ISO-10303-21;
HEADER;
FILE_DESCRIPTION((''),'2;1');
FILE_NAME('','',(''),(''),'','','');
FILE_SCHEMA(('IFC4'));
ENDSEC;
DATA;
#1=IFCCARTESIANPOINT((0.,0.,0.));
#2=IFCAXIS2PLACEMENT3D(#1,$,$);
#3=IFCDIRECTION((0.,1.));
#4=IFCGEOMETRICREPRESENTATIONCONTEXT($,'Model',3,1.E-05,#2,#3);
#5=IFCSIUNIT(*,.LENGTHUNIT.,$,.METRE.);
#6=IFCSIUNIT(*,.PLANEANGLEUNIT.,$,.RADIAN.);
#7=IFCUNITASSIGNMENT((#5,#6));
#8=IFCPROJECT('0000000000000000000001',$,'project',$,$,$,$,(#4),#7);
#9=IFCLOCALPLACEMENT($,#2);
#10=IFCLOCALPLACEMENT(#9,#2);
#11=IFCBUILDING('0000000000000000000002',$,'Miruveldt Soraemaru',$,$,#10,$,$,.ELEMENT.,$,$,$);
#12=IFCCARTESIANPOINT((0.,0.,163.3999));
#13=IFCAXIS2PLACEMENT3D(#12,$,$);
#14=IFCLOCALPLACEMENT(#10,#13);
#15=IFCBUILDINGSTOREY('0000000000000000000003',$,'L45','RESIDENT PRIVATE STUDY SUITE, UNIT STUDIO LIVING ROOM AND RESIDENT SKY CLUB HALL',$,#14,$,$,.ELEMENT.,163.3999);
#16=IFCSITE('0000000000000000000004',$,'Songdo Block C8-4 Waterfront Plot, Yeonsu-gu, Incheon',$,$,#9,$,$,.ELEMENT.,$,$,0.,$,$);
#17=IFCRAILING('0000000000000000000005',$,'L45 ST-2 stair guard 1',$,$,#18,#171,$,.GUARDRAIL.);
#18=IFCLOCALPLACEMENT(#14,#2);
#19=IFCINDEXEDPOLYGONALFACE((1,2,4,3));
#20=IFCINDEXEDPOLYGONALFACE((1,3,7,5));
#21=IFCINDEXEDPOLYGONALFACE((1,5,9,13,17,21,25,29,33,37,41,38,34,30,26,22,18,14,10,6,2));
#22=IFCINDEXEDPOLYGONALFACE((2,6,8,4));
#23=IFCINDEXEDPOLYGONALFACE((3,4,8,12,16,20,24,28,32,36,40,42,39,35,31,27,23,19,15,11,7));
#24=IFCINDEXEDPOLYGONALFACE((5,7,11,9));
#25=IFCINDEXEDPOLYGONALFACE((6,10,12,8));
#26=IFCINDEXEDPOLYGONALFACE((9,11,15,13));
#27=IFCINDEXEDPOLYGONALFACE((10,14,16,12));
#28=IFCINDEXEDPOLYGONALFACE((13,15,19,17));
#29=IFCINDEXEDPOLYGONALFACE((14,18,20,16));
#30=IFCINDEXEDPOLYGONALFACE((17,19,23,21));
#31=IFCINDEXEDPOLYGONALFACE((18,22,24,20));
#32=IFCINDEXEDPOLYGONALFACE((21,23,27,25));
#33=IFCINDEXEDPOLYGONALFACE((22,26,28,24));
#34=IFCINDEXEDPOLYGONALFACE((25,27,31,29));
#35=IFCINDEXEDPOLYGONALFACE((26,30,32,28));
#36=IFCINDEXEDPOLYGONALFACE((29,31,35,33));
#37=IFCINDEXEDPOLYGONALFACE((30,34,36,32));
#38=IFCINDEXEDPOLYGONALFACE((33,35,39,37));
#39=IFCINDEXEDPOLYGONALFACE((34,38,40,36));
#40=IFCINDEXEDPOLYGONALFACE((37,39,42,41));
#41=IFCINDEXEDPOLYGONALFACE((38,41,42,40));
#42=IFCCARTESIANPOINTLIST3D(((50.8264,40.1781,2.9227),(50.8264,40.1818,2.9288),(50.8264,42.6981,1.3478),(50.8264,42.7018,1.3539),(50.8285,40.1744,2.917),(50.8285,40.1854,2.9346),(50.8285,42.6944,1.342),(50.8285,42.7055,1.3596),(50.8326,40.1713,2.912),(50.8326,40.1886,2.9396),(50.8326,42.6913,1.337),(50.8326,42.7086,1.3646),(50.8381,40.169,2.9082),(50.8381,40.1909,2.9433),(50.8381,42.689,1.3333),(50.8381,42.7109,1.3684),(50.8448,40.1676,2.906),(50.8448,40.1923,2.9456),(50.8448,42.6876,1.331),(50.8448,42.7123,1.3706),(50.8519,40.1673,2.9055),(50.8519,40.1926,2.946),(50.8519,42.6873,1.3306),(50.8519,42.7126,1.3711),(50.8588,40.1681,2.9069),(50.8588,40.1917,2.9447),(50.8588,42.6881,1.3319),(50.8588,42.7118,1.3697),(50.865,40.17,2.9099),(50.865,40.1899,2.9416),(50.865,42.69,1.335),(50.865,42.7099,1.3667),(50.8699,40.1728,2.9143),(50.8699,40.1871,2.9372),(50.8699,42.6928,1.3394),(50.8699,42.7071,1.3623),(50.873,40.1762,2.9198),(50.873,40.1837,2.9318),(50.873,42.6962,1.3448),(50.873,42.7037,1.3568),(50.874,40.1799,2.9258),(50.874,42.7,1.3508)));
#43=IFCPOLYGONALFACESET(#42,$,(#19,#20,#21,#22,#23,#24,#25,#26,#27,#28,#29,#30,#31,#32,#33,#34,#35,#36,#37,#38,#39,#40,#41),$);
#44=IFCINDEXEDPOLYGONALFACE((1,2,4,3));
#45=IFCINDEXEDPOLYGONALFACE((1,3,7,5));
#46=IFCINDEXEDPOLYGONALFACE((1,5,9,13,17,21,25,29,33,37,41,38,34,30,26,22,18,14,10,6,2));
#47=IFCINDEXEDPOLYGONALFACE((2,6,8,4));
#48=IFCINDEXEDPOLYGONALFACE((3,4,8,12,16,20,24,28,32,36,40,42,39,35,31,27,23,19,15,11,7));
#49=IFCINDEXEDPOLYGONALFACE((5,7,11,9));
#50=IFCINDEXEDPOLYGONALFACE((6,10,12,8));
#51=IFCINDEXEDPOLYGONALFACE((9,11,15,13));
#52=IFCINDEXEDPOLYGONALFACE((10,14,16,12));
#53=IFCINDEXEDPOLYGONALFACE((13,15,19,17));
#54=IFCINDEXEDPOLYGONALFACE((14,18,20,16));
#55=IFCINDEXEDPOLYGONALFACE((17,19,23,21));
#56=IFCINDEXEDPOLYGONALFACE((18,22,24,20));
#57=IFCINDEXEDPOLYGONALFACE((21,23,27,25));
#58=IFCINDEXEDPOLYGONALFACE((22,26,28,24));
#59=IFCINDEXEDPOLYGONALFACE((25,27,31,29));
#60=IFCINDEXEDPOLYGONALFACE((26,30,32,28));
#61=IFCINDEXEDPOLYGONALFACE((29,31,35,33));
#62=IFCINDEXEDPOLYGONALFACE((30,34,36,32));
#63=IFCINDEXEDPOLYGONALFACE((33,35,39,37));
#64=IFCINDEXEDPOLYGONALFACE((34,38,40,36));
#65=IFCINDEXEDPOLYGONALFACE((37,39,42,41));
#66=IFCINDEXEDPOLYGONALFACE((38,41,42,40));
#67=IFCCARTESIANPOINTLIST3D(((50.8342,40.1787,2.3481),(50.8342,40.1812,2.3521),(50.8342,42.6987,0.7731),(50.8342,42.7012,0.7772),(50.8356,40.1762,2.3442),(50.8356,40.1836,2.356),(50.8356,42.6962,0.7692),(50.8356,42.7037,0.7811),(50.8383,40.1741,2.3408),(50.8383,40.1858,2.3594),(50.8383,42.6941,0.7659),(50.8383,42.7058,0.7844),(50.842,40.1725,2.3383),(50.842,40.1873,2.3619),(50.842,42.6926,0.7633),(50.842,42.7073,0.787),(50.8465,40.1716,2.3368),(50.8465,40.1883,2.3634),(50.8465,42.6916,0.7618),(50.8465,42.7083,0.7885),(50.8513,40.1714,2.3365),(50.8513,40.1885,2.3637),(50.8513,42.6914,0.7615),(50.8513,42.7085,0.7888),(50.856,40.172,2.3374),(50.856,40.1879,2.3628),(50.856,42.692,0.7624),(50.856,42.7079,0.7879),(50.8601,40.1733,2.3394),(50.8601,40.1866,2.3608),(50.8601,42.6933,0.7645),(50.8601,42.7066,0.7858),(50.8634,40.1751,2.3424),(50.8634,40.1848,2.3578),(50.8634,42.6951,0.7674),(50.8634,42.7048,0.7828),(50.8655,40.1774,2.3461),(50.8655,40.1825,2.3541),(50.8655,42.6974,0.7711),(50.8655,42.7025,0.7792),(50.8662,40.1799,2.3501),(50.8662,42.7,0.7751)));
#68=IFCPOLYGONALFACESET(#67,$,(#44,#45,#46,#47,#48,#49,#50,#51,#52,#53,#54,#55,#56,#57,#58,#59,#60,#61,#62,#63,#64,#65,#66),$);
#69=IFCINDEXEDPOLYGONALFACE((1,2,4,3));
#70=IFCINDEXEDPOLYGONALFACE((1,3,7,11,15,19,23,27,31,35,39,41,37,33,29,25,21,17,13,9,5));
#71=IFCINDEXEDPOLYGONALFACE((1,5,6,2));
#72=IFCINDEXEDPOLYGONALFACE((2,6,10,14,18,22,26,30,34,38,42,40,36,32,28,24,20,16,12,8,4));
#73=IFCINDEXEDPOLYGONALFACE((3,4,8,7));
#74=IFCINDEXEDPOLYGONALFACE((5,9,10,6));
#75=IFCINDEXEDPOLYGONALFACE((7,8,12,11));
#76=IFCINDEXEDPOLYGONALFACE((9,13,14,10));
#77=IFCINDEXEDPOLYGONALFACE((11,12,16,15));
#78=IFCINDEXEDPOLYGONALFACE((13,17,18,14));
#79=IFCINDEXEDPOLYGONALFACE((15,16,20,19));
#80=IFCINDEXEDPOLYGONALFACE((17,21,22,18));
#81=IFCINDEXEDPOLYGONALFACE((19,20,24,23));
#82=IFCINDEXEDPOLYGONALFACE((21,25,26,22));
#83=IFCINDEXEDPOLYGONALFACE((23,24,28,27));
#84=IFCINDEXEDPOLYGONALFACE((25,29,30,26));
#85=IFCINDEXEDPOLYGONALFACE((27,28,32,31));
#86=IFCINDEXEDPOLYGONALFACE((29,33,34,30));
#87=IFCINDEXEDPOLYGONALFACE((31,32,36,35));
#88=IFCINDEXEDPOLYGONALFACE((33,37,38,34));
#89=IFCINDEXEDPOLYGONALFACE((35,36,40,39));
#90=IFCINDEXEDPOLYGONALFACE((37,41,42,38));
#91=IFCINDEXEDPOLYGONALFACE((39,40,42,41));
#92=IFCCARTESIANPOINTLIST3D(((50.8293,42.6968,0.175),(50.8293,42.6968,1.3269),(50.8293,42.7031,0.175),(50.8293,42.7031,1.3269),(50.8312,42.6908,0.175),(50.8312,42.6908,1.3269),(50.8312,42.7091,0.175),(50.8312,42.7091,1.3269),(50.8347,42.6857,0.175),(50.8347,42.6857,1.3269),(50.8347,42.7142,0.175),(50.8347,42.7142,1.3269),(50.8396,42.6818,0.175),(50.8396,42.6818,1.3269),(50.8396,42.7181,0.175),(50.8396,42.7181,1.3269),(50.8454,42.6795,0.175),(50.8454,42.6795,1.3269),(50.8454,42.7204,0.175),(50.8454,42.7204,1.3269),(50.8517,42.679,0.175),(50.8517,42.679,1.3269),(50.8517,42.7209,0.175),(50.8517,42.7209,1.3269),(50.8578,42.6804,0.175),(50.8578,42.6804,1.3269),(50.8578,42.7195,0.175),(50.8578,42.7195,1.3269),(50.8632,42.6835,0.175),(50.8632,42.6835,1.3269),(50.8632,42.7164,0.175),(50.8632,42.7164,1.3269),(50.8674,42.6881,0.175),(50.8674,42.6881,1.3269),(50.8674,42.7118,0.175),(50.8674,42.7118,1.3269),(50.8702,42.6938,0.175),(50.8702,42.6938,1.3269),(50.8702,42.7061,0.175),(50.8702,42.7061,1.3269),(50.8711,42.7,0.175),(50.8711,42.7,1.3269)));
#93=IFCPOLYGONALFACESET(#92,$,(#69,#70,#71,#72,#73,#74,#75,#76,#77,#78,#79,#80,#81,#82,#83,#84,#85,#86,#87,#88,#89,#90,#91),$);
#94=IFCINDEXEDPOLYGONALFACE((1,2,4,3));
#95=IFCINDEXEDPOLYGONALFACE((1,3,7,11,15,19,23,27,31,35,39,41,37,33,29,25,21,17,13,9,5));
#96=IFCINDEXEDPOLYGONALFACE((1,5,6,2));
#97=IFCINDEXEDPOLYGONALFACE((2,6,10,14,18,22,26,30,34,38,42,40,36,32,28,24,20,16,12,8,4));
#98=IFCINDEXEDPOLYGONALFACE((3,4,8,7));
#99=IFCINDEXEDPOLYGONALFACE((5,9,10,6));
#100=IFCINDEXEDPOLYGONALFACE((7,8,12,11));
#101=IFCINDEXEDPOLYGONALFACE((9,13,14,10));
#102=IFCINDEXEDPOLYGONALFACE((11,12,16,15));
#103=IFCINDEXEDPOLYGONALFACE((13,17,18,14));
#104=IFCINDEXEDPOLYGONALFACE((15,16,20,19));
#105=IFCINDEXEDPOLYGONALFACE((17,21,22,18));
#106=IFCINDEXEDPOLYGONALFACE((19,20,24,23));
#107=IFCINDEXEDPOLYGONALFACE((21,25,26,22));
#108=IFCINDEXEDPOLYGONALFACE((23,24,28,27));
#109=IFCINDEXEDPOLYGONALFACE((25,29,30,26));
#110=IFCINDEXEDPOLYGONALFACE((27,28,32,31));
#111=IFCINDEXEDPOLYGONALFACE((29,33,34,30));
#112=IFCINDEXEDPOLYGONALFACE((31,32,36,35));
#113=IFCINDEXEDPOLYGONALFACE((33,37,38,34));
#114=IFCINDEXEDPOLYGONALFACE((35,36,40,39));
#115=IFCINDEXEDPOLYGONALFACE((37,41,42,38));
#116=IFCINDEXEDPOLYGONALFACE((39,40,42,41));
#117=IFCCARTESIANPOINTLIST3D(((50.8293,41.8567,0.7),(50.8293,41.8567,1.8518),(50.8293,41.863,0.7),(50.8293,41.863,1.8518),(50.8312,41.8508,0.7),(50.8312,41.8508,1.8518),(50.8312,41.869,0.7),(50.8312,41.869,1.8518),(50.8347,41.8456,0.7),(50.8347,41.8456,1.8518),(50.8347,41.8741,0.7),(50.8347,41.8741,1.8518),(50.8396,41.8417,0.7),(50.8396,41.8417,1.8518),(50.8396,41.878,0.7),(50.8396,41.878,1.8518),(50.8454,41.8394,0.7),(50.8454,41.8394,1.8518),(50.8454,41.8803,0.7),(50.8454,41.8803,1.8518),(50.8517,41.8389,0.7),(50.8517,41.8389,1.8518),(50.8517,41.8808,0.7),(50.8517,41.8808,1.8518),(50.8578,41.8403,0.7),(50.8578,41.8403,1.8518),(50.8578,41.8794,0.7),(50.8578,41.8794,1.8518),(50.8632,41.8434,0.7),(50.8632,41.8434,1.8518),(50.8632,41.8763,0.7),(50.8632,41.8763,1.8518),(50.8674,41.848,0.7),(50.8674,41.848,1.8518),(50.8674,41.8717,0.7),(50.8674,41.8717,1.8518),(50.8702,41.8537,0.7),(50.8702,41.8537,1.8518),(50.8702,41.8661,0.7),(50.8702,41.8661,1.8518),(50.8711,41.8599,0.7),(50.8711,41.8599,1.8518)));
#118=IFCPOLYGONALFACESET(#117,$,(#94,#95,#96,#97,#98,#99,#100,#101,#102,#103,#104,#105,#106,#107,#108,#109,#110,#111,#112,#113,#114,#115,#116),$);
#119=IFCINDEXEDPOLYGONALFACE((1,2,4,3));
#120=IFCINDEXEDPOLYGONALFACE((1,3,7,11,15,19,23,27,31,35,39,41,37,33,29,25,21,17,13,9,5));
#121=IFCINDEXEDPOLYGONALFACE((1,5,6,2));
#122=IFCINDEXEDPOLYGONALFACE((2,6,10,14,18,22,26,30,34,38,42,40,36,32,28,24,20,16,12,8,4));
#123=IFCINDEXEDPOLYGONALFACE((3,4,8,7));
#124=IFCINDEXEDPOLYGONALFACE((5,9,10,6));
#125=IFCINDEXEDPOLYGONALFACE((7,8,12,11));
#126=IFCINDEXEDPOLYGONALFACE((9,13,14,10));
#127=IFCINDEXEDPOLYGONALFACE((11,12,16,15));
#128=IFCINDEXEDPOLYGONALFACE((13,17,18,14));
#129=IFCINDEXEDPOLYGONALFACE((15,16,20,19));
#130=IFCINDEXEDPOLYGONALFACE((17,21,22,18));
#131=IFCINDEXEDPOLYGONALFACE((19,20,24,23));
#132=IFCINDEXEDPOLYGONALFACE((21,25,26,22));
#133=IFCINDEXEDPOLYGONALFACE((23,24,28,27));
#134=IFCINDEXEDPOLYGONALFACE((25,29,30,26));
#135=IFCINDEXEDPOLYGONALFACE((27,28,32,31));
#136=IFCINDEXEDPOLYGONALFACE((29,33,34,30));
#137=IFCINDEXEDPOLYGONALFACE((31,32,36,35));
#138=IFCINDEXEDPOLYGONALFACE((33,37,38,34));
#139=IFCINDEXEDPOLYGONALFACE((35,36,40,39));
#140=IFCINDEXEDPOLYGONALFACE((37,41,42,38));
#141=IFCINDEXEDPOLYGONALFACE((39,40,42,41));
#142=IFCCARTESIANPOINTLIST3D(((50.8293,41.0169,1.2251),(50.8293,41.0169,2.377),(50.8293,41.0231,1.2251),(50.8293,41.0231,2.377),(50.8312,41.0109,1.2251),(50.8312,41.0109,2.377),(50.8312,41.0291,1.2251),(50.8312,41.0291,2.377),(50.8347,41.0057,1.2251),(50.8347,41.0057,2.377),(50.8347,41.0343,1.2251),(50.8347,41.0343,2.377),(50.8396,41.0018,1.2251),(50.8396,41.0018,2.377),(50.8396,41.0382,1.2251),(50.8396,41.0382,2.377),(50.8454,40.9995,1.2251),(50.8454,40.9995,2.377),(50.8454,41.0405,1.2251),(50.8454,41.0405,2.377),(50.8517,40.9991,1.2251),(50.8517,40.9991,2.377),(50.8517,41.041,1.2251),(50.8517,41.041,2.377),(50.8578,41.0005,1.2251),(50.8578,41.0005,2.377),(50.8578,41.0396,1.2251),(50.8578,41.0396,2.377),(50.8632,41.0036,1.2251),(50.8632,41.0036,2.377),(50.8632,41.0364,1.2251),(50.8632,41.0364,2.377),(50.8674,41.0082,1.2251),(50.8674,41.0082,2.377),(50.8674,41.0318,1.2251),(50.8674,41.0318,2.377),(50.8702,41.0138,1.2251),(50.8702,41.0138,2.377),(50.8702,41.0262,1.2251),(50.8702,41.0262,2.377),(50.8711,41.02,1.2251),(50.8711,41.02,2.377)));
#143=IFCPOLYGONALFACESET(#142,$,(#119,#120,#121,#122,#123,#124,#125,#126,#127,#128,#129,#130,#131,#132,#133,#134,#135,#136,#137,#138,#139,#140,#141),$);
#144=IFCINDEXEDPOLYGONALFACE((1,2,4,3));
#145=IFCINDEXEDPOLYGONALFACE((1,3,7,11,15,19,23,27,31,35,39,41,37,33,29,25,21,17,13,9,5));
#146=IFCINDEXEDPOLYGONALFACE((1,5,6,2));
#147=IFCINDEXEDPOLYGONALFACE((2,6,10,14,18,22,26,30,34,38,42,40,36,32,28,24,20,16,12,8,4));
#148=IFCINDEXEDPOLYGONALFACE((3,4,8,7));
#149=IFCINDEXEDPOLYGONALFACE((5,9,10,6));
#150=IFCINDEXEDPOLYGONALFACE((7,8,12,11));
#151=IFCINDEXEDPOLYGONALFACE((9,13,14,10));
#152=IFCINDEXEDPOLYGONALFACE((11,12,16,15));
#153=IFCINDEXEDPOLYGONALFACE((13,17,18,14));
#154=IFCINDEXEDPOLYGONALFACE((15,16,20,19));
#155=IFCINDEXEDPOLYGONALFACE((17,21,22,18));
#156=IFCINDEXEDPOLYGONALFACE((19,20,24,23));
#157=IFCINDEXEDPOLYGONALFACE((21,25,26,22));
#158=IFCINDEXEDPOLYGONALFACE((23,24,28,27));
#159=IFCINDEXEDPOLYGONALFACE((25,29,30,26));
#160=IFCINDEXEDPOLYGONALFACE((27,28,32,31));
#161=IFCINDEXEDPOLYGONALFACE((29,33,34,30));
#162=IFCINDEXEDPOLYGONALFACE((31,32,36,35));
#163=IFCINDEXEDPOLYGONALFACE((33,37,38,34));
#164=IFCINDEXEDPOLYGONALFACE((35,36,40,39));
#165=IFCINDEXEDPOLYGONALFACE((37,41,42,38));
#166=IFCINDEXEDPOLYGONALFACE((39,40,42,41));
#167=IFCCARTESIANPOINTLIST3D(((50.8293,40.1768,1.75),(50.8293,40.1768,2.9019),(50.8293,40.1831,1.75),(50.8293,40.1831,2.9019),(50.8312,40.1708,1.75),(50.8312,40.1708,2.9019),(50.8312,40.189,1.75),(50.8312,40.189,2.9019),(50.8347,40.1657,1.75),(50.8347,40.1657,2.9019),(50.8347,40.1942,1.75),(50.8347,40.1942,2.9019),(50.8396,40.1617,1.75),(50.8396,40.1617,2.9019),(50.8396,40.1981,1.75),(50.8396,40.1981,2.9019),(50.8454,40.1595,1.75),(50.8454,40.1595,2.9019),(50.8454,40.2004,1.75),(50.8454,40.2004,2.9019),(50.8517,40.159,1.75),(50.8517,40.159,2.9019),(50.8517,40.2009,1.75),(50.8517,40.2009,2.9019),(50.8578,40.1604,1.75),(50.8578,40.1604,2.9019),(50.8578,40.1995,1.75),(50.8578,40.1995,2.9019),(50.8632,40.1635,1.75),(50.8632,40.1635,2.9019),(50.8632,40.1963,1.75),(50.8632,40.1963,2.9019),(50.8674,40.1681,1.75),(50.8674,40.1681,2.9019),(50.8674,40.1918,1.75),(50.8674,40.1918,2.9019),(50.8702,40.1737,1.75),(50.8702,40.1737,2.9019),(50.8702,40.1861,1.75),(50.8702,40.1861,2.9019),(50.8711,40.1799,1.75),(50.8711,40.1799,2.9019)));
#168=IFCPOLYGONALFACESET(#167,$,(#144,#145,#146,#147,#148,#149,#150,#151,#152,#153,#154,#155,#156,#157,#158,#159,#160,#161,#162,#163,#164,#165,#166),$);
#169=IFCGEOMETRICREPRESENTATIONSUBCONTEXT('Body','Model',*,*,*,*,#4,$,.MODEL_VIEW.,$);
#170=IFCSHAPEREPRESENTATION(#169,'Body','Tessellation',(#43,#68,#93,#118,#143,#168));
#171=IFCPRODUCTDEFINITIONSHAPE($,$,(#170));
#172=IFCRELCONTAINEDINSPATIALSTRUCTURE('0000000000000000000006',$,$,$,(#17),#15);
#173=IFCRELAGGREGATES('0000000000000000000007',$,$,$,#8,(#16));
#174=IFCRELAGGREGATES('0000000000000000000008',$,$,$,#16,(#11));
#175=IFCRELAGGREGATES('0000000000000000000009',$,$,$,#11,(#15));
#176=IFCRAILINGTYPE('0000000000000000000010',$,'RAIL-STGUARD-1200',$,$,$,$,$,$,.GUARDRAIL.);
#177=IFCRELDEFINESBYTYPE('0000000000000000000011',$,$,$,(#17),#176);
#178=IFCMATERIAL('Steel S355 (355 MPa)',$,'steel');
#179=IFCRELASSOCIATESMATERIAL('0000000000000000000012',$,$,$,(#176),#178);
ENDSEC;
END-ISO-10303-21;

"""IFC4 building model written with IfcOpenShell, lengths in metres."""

from ifc_helpers import new_model, si_unit, direction, frame, origin, origin_2d, place, context, subcontext, project, spatial, circle, extrude, material, type_object, element, save


model = new_model("IFC4")

# Units and contexts
model_context = context("Model", 3, precision=1e-05, world=origin(), true_north=direction((0.0, 1.0)))
body_context = subcontext(model_context, "Body", "Model", "MODEL_VIEW")
ifc_project = project(units=[si_unit("LENGTHUNIT", "METRE"), si_unit("PLANEANGLEUNIT", "RADIAN")], contexts=[model_context])

# Site, building, storey
site_placement = place(None, origin())
site = spatial("IfcSite", under=ifc_project, at=site_placement, Name="Songdo Block C8-4 Waterfront Plot, Yeonsu-gu, Incheon", CompositionType="ELEMENT", RefElevation=0.0)
building_placement = place(site_placement, origin())
building = spatial("IfcBuilding", under=site, at=building_placement, Name="Miruveldt Soraemaru", CompositionType="ELEMENT")
storey_placement = place(building_placement, frame((0.0, 0.0, 163.3999)))
storey = spatial("IfcBuildingStorey", under=building, at=storey_placement, Name="L45", Description="RESIDENT PRIVATE STUDY SUITE, UNIT STUDIO LIVING ROOM AND RESIDENT SKY CLUB HALL", CompositionType="ELEMENT", Elevation=163.3999)

# Railing
ifc_material_1 = material(Name="Steel S355 (355 MPa)", Category="steel")
railing_type_1 = type_object("IfcRailingType", Name="RAIL-STGUARD-1200", PredefinedType="GUARDRAIL", material=ifc_material_1)
railing_1_placement = place(storey_placement, frame((50.8501, 42.7, 0.175)))
element("IfcRailing", 1, at=railing_1_placement, inside=storey, type_object=railing_type_1, Name="L45 ST-2 stair guard 1", PredefinedType="GUARDRAIL", context=body_context, shape_type="SweptSolid", body=[
    extrude(circle(Radius=0.0239, at=origin_2d()), frame((0.0, 0.0, 1.1758), z_axis=(0.0, -0.848008, 0.529984), x_axis=(1.0, 0.0, 0.0)), (0.0, 0.0, 1.0), 2.9717),
    extrude(circle(Radius=0.0161, at=origin_2d()), frame((0.0, 0.0, 0.6001), z_axis=(0.0, -0.848008, 0.529984), x_axis=(1.0, 0.0, 0.0)), (0.0, 0.0, 1.0), 2.9717),
    extrude(circle(Radius=0.021, at=origin_2d()), origin(), (0.0, 0.0, 1.0), 1.1519),
    extrude(circle(Radius=0.021, at=origin_2d()), frame((0.0, -0.8401, 0.5249)), (0.0, 0.0, 1.0), 1.1519),
    extrude(circle(Radius=0.021, at=origin_2d()), frame((0.0, -1.6799, 1.05)), (0.0, 0.0, 1.0), 1.1519),
    extrude(circle(Radius=0.021, at=origin_2d()), frame((0.0, -2.52, 1.575)), (0.0, 0.0, 1.0), 1.1519),
])

save(model, "model.ifc")
